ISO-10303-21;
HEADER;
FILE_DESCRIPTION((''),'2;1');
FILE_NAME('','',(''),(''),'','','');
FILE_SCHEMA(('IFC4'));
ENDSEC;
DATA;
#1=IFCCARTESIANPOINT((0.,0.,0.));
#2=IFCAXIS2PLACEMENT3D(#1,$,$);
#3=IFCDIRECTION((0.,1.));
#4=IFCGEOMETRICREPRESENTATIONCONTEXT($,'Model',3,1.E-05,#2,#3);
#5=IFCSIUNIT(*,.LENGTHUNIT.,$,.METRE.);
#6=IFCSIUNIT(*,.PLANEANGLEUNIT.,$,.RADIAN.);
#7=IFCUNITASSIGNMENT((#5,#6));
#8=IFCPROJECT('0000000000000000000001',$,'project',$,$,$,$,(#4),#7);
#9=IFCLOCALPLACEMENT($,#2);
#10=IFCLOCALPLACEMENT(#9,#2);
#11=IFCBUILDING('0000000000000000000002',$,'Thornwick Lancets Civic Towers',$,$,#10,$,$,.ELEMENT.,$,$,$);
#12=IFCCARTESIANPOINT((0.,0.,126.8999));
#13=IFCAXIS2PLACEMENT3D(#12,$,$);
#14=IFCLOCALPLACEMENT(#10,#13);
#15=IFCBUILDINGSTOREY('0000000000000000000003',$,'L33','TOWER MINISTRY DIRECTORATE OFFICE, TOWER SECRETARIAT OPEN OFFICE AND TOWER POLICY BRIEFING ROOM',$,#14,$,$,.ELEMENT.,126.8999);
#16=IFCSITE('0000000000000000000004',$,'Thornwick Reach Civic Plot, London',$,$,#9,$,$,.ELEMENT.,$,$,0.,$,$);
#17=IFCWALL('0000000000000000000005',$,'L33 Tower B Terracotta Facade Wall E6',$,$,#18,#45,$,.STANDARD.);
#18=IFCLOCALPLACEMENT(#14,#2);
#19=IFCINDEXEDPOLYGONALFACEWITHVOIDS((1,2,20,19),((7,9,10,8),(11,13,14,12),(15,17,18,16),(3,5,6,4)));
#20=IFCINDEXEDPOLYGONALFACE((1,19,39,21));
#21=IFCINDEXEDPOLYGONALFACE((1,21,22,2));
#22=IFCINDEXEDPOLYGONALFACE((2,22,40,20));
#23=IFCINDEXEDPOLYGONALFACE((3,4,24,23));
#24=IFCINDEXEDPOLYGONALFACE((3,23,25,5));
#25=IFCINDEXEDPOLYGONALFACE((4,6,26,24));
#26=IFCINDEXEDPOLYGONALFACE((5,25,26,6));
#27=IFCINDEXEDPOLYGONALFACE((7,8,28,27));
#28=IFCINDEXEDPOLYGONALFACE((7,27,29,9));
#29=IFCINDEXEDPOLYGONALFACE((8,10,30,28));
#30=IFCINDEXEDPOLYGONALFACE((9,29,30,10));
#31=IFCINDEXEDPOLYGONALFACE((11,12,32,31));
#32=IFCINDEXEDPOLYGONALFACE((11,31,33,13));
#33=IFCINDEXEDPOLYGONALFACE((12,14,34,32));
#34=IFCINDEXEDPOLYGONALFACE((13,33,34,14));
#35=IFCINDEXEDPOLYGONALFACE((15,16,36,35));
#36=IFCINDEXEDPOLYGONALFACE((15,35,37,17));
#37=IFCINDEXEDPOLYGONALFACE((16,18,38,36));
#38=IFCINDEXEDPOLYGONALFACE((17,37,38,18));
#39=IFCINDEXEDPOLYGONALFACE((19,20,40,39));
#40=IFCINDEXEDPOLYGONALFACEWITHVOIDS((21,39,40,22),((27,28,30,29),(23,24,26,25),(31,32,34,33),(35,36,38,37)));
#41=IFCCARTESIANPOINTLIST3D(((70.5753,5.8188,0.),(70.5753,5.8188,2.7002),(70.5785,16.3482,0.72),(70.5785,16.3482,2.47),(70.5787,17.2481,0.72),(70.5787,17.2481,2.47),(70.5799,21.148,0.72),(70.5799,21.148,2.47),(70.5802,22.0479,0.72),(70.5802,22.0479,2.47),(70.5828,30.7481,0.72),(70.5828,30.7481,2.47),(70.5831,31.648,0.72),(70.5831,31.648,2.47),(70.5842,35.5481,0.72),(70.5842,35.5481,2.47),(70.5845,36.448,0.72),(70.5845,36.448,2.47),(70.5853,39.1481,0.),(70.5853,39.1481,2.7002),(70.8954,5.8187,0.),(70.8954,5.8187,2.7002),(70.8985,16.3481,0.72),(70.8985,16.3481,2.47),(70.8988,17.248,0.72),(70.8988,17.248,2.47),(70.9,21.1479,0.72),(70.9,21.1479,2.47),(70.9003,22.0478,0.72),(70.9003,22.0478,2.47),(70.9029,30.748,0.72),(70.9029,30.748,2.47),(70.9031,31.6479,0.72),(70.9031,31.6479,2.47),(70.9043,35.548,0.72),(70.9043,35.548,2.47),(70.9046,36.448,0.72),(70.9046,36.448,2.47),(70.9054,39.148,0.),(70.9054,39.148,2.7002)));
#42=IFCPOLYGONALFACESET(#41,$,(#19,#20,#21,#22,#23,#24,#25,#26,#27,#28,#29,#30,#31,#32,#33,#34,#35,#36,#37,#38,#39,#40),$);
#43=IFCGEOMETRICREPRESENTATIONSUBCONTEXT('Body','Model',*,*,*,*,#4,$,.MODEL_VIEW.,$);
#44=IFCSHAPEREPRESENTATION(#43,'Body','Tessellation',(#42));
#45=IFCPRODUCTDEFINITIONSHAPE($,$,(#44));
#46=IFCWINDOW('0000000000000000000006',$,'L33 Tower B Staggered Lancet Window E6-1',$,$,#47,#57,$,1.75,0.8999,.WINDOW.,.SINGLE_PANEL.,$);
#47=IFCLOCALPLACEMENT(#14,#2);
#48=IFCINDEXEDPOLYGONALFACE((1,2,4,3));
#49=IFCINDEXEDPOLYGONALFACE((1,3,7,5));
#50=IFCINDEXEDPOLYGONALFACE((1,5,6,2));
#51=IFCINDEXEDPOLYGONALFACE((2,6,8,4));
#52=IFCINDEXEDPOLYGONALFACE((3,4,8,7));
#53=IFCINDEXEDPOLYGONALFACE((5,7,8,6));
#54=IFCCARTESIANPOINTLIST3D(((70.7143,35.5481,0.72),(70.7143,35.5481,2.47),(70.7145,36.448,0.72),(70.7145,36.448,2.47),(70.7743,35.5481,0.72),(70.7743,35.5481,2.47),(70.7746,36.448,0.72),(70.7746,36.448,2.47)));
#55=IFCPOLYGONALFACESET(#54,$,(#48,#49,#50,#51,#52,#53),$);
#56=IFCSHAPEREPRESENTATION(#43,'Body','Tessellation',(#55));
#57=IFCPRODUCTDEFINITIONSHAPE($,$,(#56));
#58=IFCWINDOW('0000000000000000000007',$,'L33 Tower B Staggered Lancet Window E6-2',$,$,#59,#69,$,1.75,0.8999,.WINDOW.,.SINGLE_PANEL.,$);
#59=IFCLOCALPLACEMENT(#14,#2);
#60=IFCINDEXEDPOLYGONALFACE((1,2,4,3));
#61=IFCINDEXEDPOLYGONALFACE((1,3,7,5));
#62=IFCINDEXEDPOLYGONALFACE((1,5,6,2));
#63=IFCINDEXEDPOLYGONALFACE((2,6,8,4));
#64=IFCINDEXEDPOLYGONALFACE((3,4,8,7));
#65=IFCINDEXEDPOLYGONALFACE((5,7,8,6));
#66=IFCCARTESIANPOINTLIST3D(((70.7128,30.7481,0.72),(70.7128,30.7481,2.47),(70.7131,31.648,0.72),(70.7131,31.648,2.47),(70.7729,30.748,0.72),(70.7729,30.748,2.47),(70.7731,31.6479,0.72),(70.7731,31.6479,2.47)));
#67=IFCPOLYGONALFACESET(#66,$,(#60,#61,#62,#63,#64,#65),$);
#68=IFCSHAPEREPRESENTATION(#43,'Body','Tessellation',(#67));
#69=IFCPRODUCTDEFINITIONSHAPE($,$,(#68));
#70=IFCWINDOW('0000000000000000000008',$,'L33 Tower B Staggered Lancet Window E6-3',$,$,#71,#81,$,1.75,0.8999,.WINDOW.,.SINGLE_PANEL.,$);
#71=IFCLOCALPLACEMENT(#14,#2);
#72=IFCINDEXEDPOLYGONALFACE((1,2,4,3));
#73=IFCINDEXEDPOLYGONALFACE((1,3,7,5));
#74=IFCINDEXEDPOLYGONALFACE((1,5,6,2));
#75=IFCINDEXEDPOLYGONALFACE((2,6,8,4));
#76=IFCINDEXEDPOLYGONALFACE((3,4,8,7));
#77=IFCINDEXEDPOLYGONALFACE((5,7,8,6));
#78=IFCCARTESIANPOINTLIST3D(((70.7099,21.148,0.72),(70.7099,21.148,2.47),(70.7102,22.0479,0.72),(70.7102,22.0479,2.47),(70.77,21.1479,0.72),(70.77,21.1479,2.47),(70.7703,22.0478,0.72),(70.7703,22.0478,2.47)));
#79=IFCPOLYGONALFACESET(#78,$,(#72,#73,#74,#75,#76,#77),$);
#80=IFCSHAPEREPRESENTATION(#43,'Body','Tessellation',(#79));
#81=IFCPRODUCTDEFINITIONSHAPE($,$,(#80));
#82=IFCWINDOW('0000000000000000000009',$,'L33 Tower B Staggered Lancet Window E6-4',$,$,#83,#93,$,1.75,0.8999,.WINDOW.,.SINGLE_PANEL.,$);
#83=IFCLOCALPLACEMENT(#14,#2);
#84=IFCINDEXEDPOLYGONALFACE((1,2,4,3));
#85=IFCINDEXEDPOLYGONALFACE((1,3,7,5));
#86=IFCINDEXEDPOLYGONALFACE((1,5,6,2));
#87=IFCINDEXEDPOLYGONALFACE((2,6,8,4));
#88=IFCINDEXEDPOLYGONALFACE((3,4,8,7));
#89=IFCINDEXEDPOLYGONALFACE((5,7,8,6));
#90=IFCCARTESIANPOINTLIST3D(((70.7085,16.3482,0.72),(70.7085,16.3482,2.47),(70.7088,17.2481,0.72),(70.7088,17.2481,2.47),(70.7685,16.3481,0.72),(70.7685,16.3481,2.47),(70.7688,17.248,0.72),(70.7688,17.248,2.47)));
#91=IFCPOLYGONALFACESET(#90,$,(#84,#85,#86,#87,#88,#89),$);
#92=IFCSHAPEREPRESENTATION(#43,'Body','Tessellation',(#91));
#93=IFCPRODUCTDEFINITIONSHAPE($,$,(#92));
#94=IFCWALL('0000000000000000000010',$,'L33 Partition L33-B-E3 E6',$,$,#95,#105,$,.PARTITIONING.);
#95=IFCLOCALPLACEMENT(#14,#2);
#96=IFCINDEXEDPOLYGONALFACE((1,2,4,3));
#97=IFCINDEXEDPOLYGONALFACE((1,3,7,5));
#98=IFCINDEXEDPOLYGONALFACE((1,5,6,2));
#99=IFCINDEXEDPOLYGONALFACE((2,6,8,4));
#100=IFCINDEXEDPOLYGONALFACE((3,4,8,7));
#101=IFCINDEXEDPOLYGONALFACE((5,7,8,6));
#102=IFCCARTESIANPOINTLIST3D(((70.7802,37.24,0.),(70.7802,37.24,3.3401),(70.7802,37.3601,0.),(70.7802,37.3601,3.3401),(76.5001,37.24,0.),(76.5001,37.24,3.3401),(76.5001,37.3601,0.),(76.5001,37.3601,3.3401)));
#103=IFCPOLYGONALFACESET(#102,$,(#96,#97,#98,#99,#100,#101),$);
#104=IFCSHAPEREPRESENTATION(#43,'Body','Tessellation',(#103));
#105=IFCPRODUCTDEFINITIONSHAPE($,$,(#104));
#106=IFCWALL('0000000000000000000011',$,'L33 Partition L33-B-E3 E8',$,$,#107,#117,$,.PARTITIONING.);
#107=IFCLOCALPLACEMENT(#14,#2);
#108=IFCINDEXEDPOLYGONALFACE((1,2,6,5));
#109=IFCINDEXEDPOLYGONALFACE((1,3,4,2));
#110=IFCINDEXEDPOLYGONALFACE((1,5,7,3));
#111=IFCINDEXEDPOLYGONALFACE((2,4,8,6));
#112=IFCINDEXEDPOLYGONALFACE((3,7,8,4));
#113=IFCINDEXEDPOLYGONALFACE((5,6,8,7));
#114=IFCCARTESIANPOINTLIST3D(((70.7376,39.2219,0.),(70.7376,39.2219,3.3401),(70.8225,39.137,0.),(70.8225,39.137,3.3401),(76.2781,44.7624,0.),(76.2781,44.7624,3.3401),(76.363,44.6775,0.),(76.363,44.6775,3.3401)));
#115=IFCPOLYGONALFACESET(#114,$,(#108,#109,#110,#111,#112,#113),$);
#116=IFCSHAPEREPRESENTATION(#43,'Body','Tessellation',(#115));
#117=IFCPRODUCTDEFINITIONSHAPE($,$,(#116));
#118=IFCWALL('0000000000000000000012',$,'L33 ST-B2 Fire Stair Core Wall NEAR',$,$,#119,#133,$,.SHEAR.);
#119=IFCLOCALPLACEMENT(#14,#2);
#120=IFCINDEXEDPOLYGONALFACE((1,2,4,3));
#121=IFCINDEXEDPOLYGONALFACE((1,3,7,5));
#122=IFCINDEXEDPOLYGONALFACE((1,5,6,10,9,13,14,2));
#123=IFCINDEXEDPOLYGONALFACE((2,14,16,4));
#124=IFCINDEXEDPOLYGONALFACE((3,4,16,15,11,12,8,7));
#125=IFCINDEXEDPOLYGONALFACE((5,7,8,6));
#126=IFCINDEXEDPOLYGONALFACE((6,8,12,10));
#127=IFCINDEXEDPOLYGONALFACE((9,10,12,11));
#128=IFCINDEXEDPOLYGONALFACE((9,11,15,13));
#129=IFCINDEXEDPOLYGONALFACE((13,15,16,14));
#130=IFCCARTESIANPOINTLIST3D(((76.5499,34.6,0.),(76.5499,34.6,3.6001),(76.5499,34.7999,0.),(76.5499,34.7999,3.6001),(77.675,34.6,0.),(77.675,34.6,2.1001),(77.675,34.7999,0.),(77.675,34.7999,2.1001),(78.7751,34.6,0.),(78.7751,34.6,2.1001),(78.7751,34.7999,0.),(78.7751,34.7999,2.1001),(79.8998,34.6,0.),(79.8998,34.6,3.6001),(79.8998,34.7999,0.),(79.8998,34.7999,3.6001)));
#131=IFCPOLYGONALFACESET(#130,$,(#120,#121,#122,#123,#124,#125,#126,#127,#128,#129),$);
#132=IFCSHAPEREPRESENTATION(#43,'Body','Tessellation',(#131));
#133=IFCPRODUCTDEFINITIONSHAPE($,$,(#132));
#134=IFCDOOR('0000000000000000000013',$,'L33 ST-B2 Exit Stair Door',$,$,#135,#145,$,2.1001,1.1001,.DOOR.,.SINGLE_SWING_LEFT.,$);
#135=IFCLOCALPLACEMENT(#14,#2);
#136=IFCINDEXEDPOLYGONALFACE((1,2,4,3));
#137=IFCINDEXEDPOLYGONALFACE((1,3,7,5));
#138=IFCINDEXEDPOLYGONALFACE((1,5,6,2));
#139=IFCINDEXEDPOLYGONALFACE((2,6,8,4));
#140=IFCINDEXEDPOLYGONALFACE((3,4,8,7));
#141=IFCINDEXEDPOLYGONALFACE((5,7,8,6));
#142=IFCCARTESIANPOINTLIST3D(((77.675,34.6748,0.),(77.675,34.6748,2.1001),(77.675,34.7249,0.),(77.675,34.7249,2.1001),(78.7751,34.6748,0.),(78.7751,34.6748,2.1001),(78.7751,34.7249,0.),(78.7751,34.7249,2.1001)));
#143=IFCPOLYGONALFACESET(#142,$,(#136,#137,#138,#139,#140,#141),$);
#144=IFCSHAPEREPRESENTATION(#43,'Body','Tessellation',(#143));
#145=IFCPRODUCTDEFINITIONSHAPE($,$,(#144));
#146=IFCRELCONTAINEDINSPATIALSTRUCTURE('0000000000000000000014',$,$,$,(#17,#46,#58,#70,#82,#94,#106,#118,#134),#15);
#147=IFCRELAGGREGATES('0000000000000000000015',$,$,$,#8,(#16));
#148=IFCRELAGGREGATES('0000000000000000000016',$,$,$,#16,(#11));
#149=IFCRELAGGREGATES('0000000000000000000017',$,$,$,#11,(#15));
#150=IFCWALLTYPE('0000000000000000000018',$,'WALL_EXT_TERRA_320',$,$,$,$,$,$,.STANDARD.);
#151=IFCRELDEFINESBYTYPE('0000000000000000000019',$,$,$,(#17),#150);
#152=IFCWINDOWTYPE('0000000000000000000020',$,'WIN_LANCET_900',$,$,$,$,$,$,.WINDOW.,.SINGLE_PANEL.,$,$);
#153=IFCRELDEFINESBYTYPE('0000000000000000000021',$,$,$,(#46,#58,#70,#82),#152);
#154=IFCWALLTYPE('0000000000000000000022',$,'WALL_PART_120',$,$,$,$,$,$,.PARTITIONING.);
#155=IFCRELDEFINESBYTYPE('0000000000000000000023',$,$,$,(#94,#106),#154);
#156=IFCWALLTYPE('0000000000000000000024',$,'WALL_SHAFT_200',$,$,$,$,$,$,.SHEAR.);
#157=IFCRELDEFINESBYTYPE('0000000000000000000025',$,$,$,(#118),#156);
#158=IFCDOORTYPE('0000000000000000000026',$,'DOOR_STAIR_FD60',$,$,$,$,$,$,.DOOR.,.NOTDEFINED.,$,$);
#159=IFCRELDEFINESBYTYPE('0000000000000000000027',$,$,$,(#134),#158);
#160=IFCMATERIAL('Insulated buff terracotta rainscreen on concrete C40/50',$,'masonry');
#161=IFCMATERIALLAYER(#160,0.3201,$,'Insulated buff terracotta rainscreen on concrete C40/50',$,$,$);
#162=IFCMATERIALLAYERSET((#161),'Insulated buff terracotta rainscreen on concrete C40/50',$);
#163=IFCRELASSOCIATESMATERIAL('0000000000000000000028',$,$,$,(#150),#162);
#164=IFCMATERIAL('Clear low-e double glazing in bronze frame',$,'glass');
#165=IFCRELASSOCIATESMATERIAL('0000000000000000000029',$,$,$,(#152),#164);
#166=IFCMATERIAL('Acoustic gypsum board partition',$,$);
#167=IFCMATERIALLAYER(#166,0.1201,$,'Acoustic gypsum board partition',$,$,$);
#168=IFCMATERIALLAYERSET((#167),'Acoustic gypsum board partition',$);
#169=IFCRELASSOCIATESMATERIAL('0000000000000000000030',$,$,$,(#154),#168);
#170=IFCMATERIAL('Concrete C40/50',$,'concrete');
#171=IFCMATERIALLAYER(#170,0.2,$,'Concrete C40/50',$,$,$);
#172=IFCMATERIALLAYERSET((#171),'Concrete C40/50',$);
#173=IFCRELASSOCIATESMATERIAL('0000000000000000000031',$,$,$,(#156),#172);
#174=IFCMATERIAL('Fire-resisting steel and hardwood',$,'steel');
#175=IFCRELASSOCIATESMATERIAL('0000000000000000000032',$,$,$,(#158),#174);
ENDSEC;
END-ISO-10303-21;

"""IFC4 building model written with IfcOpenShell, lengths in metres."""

from ifc_helpers import new_model, si_unit, direction, frame, frame_2d, origin, place, context, subcontext, project, spatial, rectangle, extrude, material, layer, layer_set, type_object, element, fill, save


model = new_model("IFC4")

# Units and contexts
model_context = context("Model", 3, precision=1e-05, world=origin(), true_north=direction((0.0, 1.0)))
body_context = subcontext(model_context, "Body", "Model", "MODEL_VIEW")
ifc_project = project(units=[si_unit("LENGTHUNIT", "METRE"), si_unit("PLANEANGLEUNIT", "RADIAN")], contexts=[model_context])

# Site, building, storey
site_placement = place(None, origin())
site = spatial("IfcSite", under=ifc_project, at=site_placement, Name="Thornwick Reach Civic Plot, London", CompositionType="ELEMENT", RefElevation=0.0)
building_placement = place(site_placement, origin())
building = spatial("IfcBuilding", under=site, at=building_placement, Name="Thornwick Lancets Civic Towers", CompositionType="ELEMENT")
storey_placement = place(building_placement, frame((0.0, 0.0, 126.8999)))
storey = spatial("IfcBuildingStorey", under=building, at=storey_placement, Name="L33", Description="TOWER MINISTRY DIRECTORATE OFFICE, TOWER SECRETARIAT OPEN OFFICE AND TOWER POLICY BRIEFING ROOM", CompositionType="ELEMENT", Elevation=126.8999)

# Shared definitions
ifc_material_1 = material(Name="Concrete C40/50", Category="concrete")

# Wall, openings, windows
ifc_material_2 = material(Name="Insulated buff terracotta rainscreen on concrete C40/50", Category="masonry")
ifc_layer_1 = layer(ifc_material_2, 0.3201, Name="Insulated buff terracotta rainscreen on concrete C40/50")
ifc_layer_set_1 = layer_set([ifc_layer_1], Name="Insulated buff terracotta rainscreen on concrete C40/50")
wall_type_1 = type_object("IfcWallType", Name="WALL_EXT_TERRA_320", PredefinedType="STANDARD", material=ifc_layer_set_1)
wall_1_placement = place(storey_placement, frame((70.7454, 39.1479, 0.0), z_axis=(0.0, 0.0, 1.0), x_axis=(-0.0003, -1.0, 0.0)))
wall_1 = element("IfcWall", 1, at=wall_1_placement, inside=storey, type_object=wall_type_1, Name="L33 Tower B Terracotta Facade Wall E6", PredefinedType="STANDARD", context=body_context, shape_type="SweptSolid", body=[
    extrude(rectangle(XDim=33.3293, YDim=0.3201, at=frame_2d((16.6646, 0.0))), origin(), (0.0, 0.0, 1.0), 2.7002),
])
opening_1_placement = place(wall_1_placement, frame((2.7, 0.0, 0.72)))
opening_1 = element("IfcOpeningElement", 2, at=opening_1_placement, cuts=wall_1, PredefinedType="OPENING", context=body_context, shape_type="SweptSolid", body=[
    extrude(rectangle(XDim=0.8999, YDim=1.75, at=frame_2d((0.45, 0.875))), frame((0.0, 0.1699, 0.0), z_axis=(0.0, -1.0, 0.0), x_axis=(1.0, 0.0, 0.0)), (0.0, 0.0, 1.0), 0.3401),
])
opening_2_placement = place(wall_1_placement, frame((7.5, 0.0, 0.72)))
opening_2 = element("IfcOpeningElement", 3, at=opening_2_placement, cuts=wall_1, PredefinedType="OPENING", context=body_context, shape_type="SweptSolid", body=[
    extrude(rectangle(XDim=0.8999, YDim=1.75, at=frame_2d((0.45, 0.875))), frame((0.0, 0.1699, 0.0), z_axis=(0.0, -1.0, 0.0), x_axis=(1.0, 0.0, 0.0)), (0.0, 0.0, 1.0), 0.3401),
])
opening_3_placement = place(wall_1_placement, frame((17.1001, 0.0, 0.72)))
opening_3 = element("IfcOpeningElement", 4, at=opening_3_placement, cuts=wall_1, PredefinedType="OPENING", context=body_context, shape_type="SweptSolid", body=[
    extrude(rectangle(XDim=0.8999, YDim=1.75, at=frame_2d((0.45, 0.875))), frame((0.0, 0.1699, 0.0), z_axis=(0.0, -1.0, 0.0), x_axis=(1.0, 0.0, 0.0)), (0.0, 0.0, 1.0), 0.3401),
])
opening_4_placement = place(wall_1_placement, frame((21.8999, 0.0, 0.72)))
opening_4 = element("IfcOpeningElement", 5, at=opening_4_placement, cuts=wall_1, PredefinedType="OPENING", context=body_context, shape_type="SweptSolid", body=[
    extrude(rectangle(XDim=0.8999, YDim=1.75, at=frame_2d((0.45, 0.875))), frame((0.0, 0.1699, 0.0), z_axis=(0.0, -1.0, 0.0), x_axis=(1.0, 0.0, 0.0)), (0.0, 0.0, 1.0), 0.3401),
])
ifc_material_3 = material(Name="Clear low-e double glazing in bronze frame", Category="glass")
window_type = type_object("IfcWindowType", Name="WIN_LANCET_900", PartitioningType="SINGLE_PANEL", PredefinedType="WINDOW", material=ifc_material_3)
window_1_placement = place(opening_1_placement, origin())
window_1 = element("IfcWindow", 6, at=window_1_placement, inside=storey, type_object=window_type, Name="L33 Tower B Staggered Lancet Window E6-1", OverallHeight=1.75, OverallWidth=0.8999, PartitioningType="SINGLE_PANEL", PredefinedType="WINDOW", context=body_context, shape_type="SweptSolid", body=[
    extrude(rectangle(XDim=0.8999, YDim=1.75, at=frame_2d((0.45, 0.875))), frame((0.0, 0.03, 0.0), z_axis=(0.0, -1.0, 0.0), x_axis=(1.0, 0.0, 0.0)), (0.0, 0.0, 1.0), 0.0601),
])
fill(opening_1, window_1)
window_2_placement = place(opening_2_placement, origin())
window_2 = element("IfcWindow", 7, at=window_2_placement, inside=storey, type_object=window_type, Name="L33 Tower B Staggered Lancet Window E6-2", OverallHeight=1.75, OverallWidth=0.8999, PartitioningType="SINGLE_PANEL", PredefinedType="WINDOW", context=body_context, shape_type="SweptSolid", body=[
    extrude(rectangle(XDim=0.8999, YDim=1.75, at=frame_2d((0.45, 0.875))), frame((0.0, 0.03, 0.0), z_axis=(0.0, -1.0, 0.0), x_axis=(1.0, 0.0, 0.0)), (0.0, 0.0, 1.0), 0.0601),
])
fill(opening_2, window_2)
window_3_placement = place(opening_3_placement, origin())
window_3 = element("IfcWindow", 8, at=window_3_placement, inside=storey, type_object=window_type, Name="L33 Tower B Staggered Lancet Window E6-3", OverallHeight=1.75, OverallWidth=0.8999, PartitioningType="SINGLE_PANEL", PredefinedType="WINDOW", context=body_context, shape_type="SweptSolid", body=[
    extrude(rectangle(XDim=0.8999, YDim=1.75, at=frame_2d((0.45, 0.875))), frame((0.0, 0.03, 0.0), z_axis=(0.0, -1.0, 0.0), x_axis=(1.0, 0.0, 0.0)), (0.0, 0.0, 1.0), 0.0601),
])
fill(opening_3, window_3)
window_4_placement = place(opening_4_placement, origin())
window_4 = element("IfcWindow", 9, at=window_4_placement, inside=storey, type_object=window_type, Name="L33 Tower B Staggered Lancet Window E6-4", OverallHeight=1.75, OverallWidth=0.8999, PartitioningType="SINGLE_PANEL", PredefinedType="WINDOW", context=body_context, shape_type="SweptSolid", body=[
    extrude(rectangle(XDim=0.8999, YDim=1.75, at=frame_2d((0.45, 0.875))), frame((0.0, 0.03, 0.0), z_axis=(0.0, -1.0, 0.0), x_axis=(1.0, 0.0, 0.0)), (0.0, 0.0, 1.0), 0.0601),
])
fill(opening_4, window_4)

# Walls
ifc_material_4 = material(Name="Acoustic gypsum board partition")
ifc_layer_2 = layer(ifc_material_4, 0.1201, Name="Acoustic gypsum board partition")
ifc_layer_set_2 = layer_set([ifc_layer_2], Name="Acoustic gypsum board partition")
wall_type_2 = type_object("IfcWallType", Name="WALL_PART_120", PredefinedType="PARTITIONING", material=ifc_layer_set_2)
wall_2_placement = place(storey_placement, frame((76.5, 37.3, 0.0), z_axis=(0.0, 0.0, 1.0), x_axis=(-1.0, 0.0, 0.0)))
element("IfcWall", 10, at=wall_2_placement, inside=storey, type_object=wall_type_2, Name="L33 Partition L33-B-E3 E6", PredefinedType="PARTITIONING", context=body_context, shape_type="SweptSolid", body=[
    extrude(rectangle(XDim=5.72, YDim=0.1201, at=frame_2d((2.8599, 0.0))), origin(), (0.0, 0.0, 1.0), 3.3401),
])
wall_3_placement = place(storey_placement, frame((70.78, 39.1794, 0.0), z_axis=(0.0, 0.0, 1.0), x_axis=(0.707107, 0.707107, 0.0)))
element("IfcWall", 11, at=wall_3_placement, inside=storey, type_object=wall_type_2, Name="L33 Partition L33-B-E3 E8", PredefinedType="PARTITIONING", context=body_context, shape_type="SweptSolid", body=[
    extrude(rectangle(XDim=7.8354, YDim=0.1201, at=frame_2d((3.9177, 0.0))), origin(), (0.0, 0.0, 1.0), 3.3401),
])

# Wall, opening, door
ifc_layer_3 = layer(ifc_material_1, 0.2, Name="Concrete C40/50")
ifc_layer_set_3 = layer_set([ifc_layer_3], Name="Concrete C40/50")
wall_type_3 = type_object("IfcWallType", Name="WALL_SHAFT_200", PredefinedType="SHEAR", material=ifc_layer_set_3)
wall_4_placement = place(storey_placement, frame((76.55, 34.7, 0.0), z_axis=(0.0, 0.0, 1.0), x_axis=(1.0, 0.0, 0.0)))
wall_4 = element("IfcWall", 12, at=wall_4_placement, inside=storey, type_object=wall_type_3, Name="L33 ST-B2 Fire Stair Core Wall NEAR", PredefinedType="SHEAR", context=body_context, shape_type="SweptSolid", body=[
    extrude(rectangle(XDim=3.3499, YDim=0.2, at=frame_2d((1.6748, 0.0))), origin(), (0.0, 0.0, 1.0), 3.6001),
])
opening_5_placement = place(wall_4_placement, frame((1.125, 0.0, 0.0)))
opening_5 = element("IfcOpeningElement", 13, at=opening_5_placement, cuts=wall_4, PredefinedType="OPENING", context=body_context, shape_type="SweptSolid", body=[
    extrude(rectangle(XDim=1.1001, YDim=2.1001, at=frame_2d((0.55, 1.05))), frame((0.0, 0.1099, 0.0), z_axis=(0.0, -1.0, 0.0), x_axis=(1.0, 0.0, 0.0)), (0.0, 0.0, 1.0), 0.22),
])
ifc_material_5 = material(Name="Fire-resisting steel and hardwood", Category="steel")
door_type = type_object("IfcDoorType", Name="DOOR_STAIR_FD60", OperationType="NOTDEFINED", PredefinedType="DOOR", material=ifc_material_5)
door_placement = place(opening_5_placement, origin())
door = element("IfcDoor", 14, at=door_placement, inside=storey, type_object=door_type, Name="L33 ST-B2 Exit Stair Door", OperationType="SINGLE_SWING_LEFT", OverallHeight=2.1001, OverallWidth=1.1001, PredefinedType="DOOR", context=body_context, shape_type="SweptSolid", body=[
    extrude(rectangle(XDim=1.1001, YDim=2.1001, at=frame_2d((0.55, 1.05))), frame((0.0, 0.0249, 0.0), z_axis=(0.0, -1.0, 0.0), x_axis=(1.0, 0.0, 0.0)), (0.0, 0.0, 1.0), 0.05),
])
fill(opening_5, door)

save(model, "model.ifc")
